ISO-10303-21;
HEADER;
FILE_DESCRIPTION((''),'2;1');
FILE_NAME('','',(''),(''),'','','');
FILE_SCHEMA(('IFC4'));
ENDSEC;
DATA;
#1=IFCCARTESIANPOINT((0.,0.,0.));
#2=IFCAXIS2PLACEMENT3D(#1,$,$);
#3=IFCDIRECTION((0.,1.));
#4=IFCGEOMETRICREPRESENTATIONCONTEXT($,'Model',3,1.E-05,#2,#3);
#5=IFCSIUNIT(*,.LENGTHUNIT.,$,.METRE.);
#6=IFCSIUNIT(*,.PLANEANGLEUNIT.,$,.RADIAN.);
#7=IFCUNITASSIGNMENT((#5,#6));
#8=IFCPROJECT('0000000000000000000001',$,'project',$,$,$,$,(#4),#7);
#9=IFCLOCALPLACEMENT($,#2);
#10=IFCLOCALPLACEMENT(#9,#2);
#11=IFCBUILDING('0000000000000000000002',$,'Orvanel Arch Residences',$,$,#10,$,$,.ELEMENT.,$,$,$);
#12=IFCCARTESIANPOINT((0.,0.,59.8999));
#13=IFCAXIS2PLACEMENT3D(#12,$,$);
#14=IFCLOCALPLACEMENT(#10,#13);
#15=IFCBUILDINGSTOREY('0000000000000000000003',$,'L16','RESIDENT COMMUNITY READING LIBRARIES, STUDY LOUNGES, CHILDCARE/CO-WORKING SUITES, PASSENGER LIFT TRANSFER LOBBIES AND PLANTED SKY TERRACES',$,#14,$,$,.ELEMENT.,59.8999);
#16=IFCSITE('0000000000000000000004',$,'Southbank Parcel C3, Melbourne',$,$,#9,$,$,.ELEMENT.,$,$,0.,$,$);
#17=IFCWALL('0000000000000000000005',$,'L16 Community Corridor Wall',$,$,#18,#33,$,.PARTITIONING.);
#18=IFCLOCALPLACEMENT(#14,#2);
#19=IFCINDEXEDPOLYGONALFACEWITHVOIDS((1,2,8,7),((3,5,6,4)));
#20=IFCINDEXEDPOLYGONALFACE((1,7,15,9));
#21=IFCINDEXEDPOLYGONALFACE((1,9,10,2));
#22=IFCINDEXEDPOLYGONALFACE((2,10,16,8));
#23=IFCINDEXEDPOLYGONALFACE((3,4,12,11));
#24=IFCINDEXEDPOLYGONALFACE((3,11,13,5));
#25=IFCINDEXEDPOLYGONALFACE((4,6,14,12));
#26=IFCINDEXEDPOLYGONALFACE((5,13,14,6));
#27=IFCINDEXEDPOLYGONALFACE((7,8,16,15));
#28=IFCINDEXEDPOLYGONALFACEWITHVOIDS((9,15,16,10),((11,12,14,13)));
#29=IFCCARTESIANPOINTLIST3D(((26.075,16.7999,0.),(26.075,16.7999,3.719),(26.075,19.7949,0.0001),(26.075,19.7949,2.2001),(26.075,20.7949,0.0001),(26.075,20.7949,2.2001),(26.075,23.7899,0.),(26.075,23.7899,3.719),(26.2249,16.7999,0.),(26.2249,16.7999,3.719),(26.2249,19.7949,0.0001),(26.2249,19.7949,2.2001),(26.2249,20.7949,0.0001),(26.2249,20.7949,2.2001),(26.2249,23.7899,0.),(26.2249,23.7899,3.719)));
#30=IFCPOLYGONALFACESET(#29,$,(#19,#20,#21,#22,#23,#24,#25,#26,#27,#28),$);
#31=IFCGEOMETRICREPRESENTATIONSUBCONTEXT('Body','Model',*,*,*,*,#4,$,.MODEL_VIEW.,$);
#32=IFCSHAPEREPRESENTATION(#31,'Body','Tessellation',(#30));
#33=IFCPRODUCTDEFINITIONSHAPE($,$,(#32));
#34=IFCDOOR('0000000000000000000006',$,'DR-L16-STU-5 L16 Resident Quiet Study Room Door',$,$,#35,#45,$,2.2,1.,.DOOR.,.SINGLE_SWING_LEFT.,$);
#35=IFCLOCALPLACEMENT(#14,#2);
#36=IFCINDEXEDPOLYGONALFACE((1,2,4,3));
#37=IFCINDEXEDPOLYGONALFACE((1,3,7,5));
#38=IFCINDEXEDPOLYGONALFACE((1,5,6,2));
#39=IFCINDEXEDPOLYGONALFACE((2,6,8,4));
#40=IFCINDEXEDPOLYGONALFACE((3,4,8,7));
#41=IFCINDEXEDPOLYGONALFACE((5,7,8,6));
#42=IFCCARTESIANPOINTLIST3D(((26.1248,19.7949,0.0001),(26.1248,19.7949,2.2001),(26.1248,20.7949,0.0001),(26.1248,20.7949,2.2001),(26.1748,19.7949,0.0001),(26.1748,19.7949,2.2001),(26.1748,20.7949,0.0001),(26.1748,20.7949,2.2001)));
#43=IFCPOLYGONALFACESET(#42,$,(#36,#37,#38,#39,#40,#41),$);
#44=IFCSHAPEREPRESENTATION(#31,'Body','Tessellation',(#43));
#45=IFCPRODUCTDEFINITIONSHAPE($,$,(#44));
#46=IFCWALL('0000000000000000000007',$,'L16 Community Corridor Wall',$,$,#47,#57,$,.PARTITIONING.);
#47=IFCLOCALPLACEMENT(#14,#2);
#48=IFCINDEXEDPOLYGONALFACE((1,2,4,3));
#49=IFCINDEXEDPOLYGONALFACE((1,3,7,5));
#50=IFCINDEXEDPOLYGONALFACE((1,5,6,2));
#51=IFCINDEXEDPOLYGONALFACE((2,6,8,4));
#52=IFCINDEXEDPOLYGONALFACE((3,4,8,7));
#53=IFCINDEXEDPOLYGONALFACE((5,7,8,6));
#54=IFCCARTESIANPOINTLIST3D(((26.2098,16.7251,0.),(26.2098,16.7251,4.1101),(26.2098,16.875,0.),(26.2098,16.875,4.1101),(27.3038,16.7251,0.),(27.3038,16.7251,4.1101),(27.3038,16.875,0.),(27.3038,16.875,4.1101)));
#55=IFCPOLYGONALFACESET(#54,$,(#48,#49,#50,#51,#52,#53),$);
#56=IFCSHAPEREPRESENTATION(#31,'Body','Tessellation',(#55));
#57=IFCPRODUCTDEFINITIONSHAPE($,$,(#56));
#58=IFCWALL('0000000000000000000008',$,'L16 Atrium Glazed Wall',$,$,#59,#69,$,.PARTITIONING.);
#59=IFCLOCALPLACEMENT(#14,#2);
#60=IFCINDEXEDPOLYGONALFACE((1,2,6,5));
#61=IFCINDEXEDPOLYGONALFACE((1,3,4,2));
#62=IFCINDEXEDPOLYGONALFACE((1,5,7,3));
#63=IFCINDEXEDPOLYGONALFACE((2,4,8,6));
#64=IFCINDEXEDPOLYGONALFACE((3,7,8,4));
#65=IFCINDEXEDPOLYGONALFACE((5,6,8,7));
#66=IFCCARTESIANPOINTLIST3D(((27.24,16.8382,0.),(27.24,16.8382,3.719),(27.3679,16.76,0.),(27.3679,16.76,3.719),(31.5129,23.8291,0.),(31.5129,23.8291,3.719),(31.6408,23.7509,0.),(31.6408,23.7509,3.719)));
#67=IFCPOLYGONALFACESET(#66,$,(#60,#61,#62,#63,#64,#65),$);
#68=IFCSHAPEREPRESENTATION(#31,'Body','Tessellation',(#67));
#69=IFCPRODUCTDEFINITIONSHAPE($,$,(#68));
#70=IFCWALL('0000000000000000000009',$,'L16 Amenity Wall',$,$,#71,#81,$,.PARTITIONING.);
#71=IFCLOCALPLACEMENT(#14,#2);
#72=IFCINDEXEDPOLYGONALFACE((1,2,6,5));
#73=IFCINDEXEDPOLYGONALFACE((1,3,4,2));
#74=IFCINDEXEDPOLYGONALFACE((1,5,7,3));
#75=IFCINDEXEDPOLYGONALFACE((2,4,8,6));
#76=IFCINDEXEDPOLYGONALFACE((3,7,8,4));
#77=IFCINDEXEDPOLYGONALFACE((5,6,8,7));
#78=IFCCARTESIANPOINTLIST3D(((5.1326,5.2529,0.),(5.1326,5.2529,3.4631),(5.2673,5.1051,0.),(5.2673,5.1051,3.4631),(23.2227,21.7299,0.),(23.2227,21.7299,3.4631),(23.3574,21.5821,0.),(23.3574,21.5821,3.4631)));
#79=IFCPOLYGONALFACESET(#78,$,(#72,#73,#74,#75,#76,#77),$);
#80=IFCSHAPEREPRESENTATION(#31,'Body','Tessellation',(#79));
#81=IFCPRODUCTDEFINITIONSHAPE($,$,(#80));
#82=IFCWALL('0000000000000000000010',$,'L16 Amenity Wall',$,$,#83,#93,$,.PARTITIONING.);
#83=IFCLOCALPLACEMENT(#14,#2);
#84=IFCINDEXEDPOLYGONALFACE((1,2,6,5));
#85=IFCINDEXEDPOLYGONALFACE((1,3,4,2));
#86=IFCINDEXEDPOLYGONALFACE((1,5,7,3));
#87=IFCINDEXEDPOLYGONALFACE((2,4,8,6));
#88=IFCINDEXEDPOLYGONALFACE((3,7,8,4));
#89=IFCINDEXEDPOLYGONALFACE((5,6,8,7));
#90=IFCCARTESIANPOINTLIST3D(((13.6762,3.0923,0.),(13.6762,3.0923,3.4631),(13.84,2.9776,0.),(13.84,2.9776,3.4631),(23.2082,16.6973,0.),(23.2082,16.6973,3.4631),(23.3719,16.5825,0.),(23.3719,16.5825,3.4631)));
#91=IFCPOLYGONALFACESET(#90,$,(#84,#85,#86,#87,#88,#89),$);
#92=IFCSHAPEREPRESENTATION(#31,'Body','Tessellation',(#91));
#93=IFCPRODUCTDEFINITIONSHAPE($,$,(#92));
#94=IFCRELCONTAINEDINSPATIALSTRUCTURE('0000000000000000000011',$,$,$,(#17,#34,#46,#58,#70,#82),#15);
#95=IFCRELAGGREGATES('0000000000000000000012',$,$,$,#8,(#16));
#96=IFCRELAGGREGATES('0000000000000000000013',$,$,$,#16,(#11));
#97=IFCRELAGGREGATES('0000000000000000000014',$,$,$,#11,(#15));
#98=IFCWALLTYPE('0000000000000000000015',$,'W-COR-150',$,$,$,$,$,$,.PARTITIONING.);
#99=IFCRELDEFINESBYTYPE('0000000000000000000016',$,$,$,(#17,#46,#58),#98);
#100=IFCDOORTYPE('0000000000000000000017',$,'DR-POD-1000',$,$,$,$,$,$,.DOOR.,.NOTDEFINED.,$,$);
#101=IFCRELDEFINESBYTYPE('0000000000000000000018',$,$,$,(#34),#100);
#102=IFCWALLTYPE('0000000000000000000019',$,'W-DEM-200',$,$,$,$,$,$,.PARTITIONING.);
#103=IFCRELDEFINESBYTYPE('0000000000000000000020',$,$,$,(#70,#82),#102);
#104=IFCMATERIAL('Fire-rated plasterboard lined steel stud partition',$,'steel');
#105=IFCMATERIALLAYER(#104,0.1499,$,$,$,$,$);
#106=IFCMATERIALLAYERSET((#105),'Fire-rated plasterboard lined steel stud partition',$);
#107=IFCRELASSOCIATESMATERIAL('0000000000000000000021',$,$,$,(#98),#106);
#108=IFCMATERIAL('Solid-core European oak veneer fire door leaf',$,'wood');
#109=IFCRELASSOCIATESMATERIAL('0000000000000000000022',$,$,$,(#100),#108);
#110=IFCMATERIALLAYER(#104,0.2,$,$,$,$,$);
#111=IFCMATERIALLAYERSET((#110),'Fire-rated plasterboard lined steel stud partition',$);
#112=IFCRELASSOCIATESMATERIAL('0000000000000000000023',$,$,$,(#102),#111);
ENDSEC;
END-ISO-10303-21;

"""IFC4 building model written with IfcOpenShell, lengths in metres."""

from ifc_helpers import new_model, si_unit, direction, frame, frame_2d, origin, place, context, subcontext, project, spatial, rectangle, extrude, material, layer, layer_set, type_object, element, fill, save


model = new_model("IFC4")

# Units and contexts
model_context = context("Model", 3, precision=1e-05, world=origin(), true_north=direction((0.0, 1.0)))
body_context = subcontext(model_context, "Body", "Model", "MODEL_VIEW")
ifc_project = project(units=[si_unit("LENGTHUNIT", "METRE"), si_unit("PLANEANGLEUNIT", "RADIAN")], contexts=[model_context])

# Site, building, storey
site_placement = place(None, origin())
site = spatial("IfcSite", under=ifc_project, at=site_placement, Name="Southbank Parcel C3, Melbourne", CompositionType="ELEMENT", RefElevation=0.0)
building_placement = place(site_placement, origin())
building = spatial("IfcBuilding", under=site, at=building_placement, Name="Orvanel Arch Residences", CompositionType="ELEMENT")
storey_placement = place(building_placement, frame((0.0, 0.0, 59.8999)))
storey = spatial("IfcBuildingStorey", under=building, at=storey_placement, Name="L16", Description="RESIDENT COMMUNITY READING LIBRARIES, STUDY LOUNGES, CHILDCARE/CO-WORKING SUITES, PASSENGER LIFT TRANSFER LOBBIES AND PLANTED SKY TERRACES", CompositionType="ELEMENT", Elevation=59.8999)

# Shared definitions
ifc_material_1 = material(Name="Fire-rated plasterboard lined steel stud partition", Category="steel")
ifc_layer_1 = layer(ifc_material_1, 0.1499)
ifc_layer_set_1 = layer_set([ifc_layer_1], Name="Fire-rated plasterboard lined steel stud partition")
wall_type_1 = type_object("IfcWallType", Name="W-COR-150", PredefinedType="PARTITIONING", material=ifc_layer_set_1)
ifc_material_2 = material(Name="Solid-core European oak veneer fire door leaf", Category="wood")
door_type_1 = type_object("IfcDoorType", Name="DR-POD-1000", OperationType="NOTDEFINED", PredefinedType="DOOR", material=ifc_material_2)

# Wall, opening, door
wall_1_placement = place(storey_placement, frame((26.1499, 23.79, 0.0), z_axis=(0.0, 0.0, 1.0), x_axis=(0.0, -1.0, 0.0)))
wall_1 = element("IfcWall", 1, at=wall_1_placement, inside=storey, type_object=wall_type_1, Name="L16 Community Corridor Wall", PredefinedType="PARTITIONING", context=body_context, shape_type="SweptSolid", body=[
    extrude(rectangle(XDim=6.99, YDim=0.1499, at=frame_2d((3.4951, 0.0))), origin(), (0.0, 0.0, 1.0), 3.719),
])
opening_1_placement = place(wall_1_placement, frame((2.9951, 0.0, 0.0)))
opening_1 = element("IfcOpeningElement", 2, at=opening_1_placement, cuts=wall_1, PredefinedType="OPENING", context=body_context, shape_type="SweptSolid", body=[
    extrude(rectangle(XDim=1.0, YDim=2.2, at=frame_2d((0.5, 1.1001))), frame((0.0, 0.085, 0.0), z_axis=(0.0, -1.0, 0.0), x_axis=(1.0, 0.0, 0.0)), (0.0, 0.0, 1.0), 0.1699),
])
door_1_placement = place(opening_1_placement, origin())
door_1 = element("IfcDoor", 3, at=door_1_placement, inside=storey, type_object=door_type_1, Name="DR-L16-STU-5 L16 Resident Quiet Study Room Door", OperationType="SINGLE_SWING_LEFT", OverallHeight=2.2, OverallWidth=1.0, PredefinedType="DOOR", context=body_context, shape_type="SweptSolid", body=[
    extrude(rectangle(XDim=1.0, YDim=2.2, at=frame_2d((0.5, 1.1001))), frame((0.0, 0.0249, 0.0), z_axis=(0.0, -1.0, 0.0), x_axis=(1.0, 0.0, 0.0)), (0.0, 0.0, 1.0), 0.05),
])
fill(opening_1, door_1)

# Walls
wall_2_placement = place(storey_placement, frame((26.21, 16.8, 0.0), z_axis=(0.0, 0.0, 1.0), x_axis=(1.0, 0.0, 0.0)))
element("IfcWall", 4, at=wall_2_placement, inside=storey, type_object=wall_type_1, Name="L16 Community Corridor Wall", PredefinedType="PARTITIONING", context=body_context, shape_type="SweptSolid", body=[
    extrude(rectangle(XDim=1.094, YDim=0.1499, at=frame_2d((0.5469, 0.0))), origin(), (0.0, 0.0, 1.0), 4.1101),
])
wall_3_placement = place(storey_placement, frame((27.304, 16.7991, 0.0), z_axis=(0.0, 0.0, 1.0), x_axis=(0.521511, 0.853244, 0.0)))
element("IfcWall", 5, at=wall_3_placement, inside=storey, type_object=wall_type_1, Name="L16 Atrium Glazed Wall", PredefinedType="PARTITIONING", context=body_context, shape_type="SweptSolid", body=[
    extrude(rectangle(XDim=8.1934, YDim=0.1499, at=frame_2d((4.0967, 0.0))), origin(), (0.0, 0.0, 1.0), 3.719),
])
ifc_layer_2 = layer(ifc_material_1, 0.2)
ifc_layer_set_2 = layer_set([ifc_layer_2], Name="Fire-rated plasterboard lined steel stud partition")
wall_type_2 = type_object("IfcWallType", Name="W-DEM-200", PredefinedType="PARTITIONING", material=ifc_layer_set_2)
wall_4_placement = place(storey_placement, frame((23.29, 21.656, 0.0), z_axis=(0.0, 0.0, 1.0), x_axis=(-0.739299, -0.673378, 0.0)))
element("IfcWall", 6, at=wall_4_placement, inside=storey, type_object=wall_type_2, Name="L16 Amenity Wall", PredefinedType="PARTITIONING", context=body_context, shape_type="SweptSolid", body=[
    extrude(rectangle(XDim=24.4692, YDim=0.2, at=frame_2d((12.2346, 0.0))), origin(), (0.0, 0.0, 1.0), 3.4631),
])
wall_5_placement = place(storey_placement, frame((23.29, 16.6399, 0.0), z_axis=(0.0, 0.0, 1.0), x_axis=(-0.573806, -0.818992, 0.0)))
element("IfcWall", 7, at=wall_5_placement, inside=storey, type_object=wall_type_2, Name="L16 Amenity Wall", PredefinedType="PARTITIONING", context=body_context, shape_type="SweptSolid", body=[
    extrude(rectangle(XDim=16.6118, YDim=0.2, at=frame_2d((8.3059, 0.0))), origin(), (0.0, 0.0, 1.0), 3.4631),
])

save(model, "model.ifc")
